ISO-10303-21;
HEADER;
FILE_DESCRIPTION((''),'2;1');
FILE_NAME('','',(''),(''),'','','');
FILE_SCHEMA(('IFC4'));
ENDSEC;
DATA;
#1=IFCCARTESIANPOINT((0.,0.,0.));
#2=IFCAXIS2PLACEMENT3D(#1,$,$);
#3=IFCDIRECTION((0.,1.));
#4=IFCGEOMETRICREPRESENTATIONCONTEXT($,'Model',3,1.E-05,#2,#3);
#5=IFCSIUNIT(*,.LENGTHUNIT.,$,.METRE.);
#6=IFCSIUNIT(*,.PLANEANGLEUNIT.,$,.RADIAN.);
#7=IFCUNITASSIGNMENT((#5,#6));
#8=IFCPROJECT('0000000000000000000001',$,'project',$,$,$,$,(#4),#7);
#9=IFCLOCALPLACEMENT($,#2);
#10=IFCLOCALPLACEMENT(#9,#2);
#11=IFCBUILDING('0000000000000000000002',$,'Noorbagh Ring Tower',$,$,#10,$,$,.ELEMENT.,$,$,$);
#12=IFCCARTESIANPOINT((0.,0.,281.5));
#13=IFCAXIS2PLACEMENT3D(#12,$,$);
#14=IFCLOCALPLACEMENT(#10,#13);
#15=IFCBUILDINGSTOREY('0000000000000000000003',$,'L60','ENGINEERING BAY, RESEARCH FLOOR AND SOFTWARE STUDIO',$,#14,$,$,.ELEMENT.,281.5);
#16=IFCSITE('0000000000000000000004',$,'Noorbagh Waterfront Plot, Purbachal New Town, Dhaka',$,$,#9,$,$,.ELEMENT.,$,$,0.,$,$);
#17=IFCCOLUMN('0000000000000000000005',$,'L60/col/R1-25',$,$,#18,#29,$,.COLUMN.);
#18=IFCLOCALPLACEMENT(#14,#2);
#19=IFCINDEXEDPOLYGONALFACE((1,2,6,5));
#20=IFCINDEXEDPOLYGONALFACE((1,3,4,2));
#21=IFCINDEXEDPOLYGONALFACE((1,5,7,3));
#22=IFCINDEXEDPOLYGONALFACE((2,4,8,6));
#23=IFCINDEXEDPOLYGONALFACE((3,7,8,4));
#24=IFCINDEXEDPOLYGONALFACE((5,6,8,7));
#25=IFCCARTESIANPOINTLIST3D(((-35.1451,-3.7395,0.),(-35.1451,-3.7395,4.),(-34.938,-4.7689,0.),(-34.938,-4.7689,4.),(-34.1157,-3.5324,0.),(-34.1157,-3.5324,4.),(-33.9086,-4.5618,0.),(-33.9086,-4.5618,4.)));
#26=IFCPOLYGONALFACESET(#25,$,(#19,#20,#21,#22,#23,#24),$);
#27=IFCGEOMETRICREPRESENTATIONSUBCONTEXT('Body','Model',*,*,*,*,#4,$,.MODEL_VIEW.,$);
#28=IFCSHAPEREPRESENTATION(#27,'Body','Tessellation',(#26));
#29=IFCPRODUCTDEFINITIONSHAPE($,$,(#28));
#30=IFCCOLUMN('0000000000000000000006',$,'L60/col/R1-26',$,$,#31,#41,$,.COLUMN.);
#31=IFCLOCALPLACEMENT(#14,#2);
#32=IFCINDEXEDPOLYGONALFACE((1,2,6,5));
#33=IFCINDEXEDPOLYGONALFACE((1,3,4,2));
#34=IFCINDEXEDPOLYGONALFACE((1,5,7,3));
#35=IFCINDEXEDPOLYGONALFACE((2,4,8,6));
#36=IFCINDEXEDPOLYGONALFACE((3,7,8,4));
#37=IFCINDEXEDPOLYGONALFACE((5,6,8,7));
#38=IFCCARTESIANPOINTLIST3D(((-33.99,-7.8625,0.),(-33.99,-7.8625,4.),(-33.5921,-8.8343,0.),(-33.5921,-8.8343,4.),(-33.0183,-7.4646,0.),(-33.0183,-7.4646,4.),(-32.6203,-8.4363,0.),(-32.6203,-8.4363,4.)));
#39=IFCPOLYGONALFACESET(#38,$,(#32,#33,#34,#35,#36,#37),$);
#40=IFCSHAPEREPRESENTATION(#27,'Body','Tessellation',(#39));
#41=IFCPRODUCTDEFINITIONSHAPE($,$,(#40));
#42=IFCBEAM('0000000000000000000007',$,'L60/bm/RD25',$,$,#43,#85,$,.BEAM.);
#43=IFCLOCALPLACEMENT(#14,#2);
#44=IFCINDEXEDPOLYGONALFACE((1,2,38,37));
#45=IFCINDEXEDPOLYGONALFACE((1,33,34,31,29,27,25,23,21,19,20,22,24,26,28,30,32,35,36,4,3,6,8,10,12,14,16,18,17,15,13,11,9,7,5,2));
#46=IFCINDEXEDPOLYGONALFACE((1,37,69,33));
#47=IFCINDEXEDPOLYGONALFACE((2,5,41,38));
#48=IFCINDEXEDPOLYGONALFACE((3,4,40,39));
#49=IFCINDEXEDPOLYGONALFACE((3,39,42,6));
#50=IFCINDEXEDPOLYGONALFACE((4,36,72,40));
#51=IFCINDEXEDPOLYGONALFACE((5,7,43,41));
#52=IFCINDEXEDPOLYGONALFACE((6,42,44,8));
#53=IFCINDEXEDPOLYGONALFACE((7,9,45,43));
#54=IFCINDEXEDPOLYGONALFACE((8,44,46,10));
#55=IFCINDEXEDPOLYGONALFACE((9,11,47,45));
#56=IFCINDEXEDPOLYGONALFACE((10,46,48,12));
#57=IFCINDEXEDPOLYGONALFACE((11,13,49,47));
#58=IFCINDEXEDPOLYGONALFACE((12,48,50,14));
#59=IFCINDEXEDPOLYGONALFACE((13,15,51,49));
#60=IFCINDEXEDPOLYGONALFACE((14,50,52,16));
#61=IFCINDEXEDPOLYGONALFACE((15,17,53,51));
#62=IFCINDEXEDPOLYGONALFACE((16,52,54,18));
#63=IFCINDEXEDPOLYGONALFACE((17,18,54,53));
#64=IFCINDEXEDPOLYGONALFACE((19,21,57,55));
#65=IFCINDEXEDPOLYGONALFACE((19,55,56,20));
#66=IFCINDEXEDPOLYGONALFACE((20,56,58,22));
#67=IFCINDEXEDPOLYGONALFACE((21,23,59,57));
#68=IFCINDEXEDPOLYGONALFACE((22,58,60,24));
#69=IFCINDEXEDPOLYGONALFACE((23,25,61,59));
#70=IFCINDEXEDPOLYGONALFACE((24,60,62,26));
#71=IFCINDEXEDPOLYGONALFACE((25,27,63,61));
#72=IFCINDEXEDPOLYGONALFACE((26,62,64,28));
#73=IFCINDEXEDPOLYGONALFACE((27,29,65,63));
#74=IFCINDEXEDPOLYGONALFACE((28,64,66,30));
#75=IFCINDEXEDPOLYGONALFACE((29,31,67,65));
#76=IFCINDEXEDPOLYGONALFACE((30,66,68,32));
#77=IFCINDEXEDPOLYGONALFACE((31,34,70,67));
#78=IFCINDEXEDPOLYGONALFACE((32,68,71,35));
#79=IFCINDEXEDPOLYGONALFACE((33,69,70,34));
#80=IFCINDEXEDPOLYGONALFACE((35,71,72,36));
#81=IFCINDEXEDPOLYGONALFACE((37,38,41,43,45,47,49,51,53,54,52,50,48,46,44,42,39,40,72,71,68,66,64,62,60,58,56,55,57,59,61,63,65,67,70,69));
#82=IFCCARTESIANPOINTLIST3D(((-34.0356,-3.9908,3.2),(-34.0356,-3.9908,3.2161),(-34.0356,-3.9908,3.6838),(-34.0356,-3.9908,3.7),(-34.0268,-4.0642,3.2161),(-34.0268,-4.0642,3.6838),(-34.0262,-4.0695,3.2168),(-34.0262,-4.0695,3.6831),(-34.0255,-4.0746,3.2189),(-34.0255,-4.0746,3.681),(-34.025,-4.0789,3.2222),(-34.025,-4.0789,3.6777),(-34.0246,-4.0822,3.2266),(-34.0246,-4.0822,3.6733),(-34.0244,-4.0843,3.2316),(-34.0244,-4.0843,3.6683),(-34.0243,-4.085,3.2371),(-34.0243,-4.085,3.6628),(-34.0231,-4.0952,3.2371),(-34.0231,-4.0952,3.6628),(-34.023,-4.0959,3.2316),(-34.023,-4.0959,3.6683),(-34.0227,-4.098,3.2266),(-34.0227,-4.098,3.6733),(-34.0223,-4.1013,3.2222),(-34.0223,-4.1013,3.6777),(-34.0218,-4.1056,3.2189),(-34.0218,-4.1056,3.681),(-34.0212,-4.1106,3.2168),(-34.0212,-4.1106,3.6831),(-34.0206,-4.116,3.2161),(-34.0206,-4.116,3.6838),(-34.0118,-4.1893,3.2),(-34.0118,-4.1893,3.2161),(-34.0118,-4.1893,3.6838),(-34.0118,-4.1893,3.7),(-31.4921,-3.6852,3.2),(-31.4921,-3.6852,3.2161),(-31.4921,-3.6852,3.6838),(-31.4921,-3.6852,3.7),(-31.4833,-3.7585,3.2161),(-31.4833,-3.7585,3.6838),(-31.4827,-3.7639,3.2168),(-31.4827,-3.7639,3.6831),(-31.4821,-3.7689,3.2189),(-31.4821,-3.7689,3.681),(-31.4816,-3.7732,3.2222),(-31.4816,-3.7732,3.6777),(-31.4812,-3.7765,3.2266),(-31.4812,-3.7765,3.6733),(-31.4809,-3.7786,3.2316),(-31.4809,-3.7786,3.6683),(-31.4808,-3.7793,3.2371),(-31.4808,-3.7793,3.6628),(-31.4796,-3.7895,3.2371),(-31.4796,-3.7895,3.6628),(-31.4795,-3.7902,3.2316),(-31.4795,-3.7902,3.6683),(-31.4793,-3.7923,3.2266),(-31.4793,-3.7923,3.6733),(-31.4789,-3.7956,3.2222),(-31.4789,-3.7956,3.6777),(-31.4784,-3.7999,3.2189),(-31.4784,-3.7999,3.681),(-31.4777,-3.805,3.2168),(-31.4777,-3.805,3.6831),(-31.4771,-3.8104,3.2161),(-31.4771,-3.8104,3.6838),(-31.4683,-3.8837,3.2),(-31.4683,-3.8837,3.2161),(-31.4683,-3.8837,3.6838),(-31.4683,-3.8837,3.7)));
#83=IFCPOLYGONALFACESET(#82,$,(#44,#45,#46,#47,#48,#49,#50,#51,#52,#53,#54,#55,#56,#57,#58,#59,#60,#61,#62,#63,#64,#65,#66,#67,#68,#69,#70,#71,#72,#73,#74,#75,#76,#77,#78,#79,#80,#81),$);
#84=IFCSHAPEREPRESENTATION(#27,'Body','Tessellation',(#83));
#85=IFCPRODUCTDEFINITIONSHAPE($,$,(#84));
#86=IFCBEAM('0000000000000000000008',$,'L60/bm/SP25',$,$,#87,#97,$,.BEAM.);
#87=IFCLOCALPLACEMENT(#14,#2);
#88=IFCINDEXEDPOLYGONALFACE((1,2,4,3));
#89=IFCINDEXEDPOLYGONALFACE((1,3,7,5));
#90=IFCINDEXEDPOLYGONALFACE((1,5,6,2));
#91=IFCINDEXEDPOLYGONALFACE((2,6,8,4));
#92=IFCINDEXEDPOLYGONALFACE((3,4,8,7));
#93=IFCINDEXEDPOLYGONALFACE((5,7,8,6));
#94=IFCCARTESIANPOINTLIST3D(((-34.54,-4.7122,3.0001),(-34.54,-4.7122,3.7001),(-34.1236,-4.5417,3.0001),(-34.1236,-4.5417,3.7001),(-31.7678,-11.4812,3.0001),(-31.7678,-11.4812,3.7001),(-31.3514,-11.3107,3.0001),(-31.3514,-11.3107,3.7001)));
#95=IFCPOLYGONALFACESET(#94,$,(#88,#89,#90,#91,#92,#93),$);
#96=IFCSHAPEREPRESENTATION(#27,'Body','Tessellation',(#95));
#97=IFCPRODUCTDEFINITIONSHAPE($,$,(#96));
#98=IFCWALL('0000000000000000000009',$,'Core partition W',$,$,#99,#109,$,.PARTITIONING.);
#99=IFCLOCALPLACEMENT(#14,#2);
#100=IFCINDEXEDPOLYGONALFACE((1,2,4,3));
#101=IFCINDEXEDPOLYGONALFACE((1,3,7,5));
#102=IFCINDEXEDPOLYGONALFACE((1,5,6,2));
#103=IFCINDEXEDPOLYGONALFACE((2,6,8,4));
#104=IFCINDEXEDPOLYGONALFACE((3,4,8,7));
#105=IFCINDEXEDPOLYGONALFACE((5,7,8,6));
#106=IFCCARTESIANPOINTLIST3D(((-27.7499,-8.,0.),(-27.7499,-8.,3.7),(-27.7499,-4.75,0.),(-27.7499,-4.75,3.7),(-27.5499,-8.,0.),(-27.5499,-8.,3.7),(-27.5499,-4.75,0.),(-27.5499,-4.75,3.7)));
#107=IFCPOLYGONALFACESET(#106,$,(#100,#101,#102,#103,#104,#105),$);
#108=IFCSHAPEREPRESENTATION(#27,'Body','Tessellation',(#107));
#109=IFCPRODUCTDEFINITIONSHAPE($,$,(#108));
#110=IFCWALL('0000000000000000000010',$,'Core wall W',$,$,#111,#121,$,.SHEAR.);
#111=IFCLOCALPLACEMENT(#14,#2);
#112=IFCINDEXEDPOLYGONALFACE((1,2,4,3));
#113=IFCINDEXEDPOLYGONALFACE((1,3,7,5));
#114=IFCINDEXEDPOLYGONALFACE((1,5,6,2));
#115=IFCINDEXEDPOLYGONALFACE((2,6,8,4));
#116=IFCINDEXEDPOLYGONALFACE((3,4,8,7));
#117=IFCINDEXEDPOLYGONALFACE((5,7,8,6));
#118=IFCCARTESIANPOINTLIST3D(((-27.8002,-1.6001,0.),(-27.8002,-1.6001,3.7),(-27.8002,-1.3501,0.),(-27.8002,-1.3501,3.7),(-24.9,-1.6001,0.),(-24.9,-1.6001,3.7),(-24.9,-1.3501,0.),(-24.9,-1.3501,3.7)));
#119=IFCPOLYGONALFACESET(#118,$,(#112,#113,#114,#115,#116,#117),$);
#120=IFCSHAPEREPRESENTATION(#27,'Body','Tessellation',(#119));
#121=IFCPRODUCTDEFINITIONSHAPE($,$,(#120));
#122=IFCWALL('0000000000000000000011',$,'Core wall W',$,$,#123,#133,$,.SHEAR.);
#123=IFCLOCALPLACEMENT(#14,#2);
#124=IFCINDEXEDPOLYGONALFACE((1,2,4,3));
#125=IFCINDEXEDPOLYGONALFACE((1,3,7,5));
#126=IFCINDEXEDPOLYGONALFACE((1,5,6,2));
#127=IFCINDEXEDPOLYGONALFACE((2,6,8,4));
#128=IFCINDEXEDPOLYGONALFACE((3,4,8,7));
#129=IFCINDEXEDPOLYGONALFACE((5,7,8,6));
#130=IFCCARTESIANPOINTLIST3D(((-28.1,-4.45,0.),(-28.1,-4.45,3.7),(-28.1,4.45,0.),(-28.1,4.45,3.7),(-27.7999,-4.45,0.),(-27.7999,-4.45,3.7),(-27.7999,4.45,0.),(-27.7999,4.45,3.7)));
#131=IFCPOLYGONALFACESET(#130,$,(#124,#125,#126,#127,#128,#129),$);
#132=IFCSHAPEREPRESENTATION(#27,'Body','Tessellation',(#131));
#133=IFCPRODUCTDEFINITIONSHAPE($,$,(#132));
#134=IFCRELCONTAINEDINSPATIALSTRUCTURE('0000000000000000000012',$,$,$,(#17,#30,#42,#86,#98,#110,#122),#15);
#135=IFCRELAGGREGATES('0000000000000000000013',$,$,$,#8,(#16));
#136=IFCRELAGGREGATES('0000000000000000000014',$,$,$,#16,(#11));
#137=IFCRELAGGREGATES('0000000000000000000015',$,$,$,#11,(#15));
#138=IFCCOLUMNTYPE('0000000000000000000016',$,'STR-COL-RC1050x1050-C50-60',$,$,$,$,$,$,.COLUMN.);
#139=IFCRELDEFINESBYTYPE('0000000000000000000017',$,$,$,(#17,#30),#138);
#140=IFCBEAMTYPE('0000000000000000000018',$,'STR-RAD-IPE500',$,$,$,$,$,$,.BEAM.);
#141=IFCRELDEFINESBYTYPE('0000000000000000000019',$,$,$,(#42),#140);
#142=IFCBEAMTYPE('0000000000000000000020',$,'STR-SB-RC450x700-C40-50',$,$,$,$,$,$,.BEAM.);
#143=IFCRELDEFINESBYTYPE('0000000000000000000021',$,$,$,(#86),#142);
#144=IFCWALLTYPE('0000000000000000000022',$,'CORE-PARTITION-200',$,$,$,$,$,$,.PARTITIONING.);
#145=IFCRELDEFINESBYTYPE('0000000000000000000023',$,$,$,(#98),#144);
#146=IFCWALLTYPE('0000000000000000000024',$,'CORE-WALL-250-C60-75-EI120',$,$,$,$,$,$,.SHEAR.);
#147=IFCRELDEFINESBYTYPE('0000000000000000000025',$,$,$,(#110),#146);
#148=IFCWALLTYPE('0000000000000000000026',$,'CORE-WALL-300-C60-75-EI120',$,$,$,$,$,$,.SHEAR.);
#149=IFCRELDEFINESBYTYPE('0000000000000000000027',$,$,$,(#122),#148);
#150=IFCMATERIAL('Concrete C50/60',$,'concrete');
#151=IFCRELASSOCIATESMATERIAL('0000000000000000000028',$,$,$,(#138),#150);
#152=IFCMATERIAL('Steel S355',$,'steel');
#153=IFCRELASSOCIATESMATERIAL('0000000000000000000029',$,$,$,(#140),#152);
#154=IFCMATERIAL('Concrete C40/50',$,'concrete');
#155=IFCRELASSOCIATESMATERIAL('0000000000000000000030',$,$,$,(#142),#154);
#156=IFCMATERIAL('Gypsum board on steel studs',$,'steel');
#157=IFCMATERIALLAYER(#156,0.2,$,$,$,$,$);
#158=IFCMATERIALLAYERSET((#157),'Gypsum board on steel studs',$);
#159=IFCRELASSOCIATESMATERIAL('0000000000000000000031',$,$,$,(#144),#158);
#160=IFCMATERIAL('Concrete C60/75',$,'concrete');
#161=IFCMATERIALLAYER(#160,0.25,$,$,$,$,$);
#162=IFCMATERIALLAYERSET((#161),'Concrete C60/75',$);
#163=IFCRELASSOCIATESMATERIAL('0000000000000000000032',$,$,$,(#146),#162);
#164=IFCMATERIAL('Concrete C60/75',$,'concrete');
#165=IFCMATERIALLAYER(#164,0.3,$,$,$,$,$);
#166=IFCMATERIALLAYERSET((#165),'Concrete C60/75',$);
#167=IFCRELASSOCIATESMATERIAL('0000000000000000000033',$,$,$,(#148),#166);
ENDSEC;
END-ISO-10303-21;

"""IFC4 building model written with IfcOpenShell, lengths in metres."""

from ifc_helpers import new_model, si_unit, direction, frame, frame_2d, origin, origin_2d, place, context, subcontext, project, spatial, rectangle, i_section, extrude, material, layer, layer_set, material_profile, profile_set, type_object, element, save


model = new_model("IFC4")

# Units and contexts
model_context = context("Model", 3, precision=1e-05, world=origin(), true_north=direction((0.0, 1.0)))
body_context = subcontext(model_context, "Body", "Model", "MODEL_VIEW")
ifc_project = project(units=[si_unit("LENGTHUNIT", "METRE"), si_unit("PLANEANGLEUNIT", "RADIAN")], contexts=[model_context])

# Site, building, storey
site_placement = place(None, origin())
site = spatial("IfcSite", under=ifc_project, at=site_placement, Name="Noorbagh Waterfront Plot, Purbachal New Town, Dhaka", CompositionType="ELEMENT", RefElevation=0.0)
building_placement = place(site_placement, origin())
building = spatial("IfcBuilding", under=site, at=building_placement, Name="Noorbagh Ring Tower", CompositionType="ELEMENT")
storey_placement = place(building_placement, frame((0.0, 0.0, 281.5)))
storey = spatial("IfcBuildingStorey", under=building, at=storey_placement, Name="L60", Description="ENGINEERING BAY, RESEARCH FLOOR AND SOFTWARE STUDIO", CompositionType="ELEMENT", Elevation=281.5)

# Columns
ifc_material_1 = material(Name="Concrete C50/60", Category="concrete")
ifc_material_profile_1 = material_profile(ifc_material_1, rectangle(XDim=1.05, YDim=1.05, at=origin_2d()), Name="RC1050x1050")
ifc_profile_set_1 = profile_set([ifc_material_profile_1], Name="Concrete C50/60")
column_type = type_object("IfcColumnType", Name="STR-COL-RC1050x1050-C50-60", PredefinedType="COLUMN", material=ifc_profile_set_1)
for number, where, z_axis, x_axis, name in (
    (1, (-34.5269, -4.1506, 0.0), (0.0, 0.0, 1.0), (0.19723, -0.980357, 0.0), "L60/col/R1-25"),
    (2, (-33.3052, -8.1494, 0.0), (0.0, 0.0, 1.0), (0.378989, -0.925401, 0.0), "L60/col/R1-26"),
):
    element("IfcColumn", number, at=place(storey_placement, frame(where, z_axis=z_axis, x_axis=x_axis)), inside=storey, type_object=column_type, Name=name, PredefinedType="COLUMN", context=body_context, shape_type="SweptSolid", body=[
        extrude(rectangle(XDim=1.05, YDim=1.05, at=origin_2d()), origin(), (0.0, 0.0, 1.0), 4.0),
    ])

# Beams
ifc_material_2 = material(Name="Steel S355", Category="steel")
ifc_material_profile_2 = material_profile(ifc_material_2, i_section(OverallWidth=0.2, OverallDepth=0.5, WebThickness=0.0103, FlangeThickness=0.0161, FilletRadius=0.021, at=origin_2d()), Name="IPE500")
ifc_profile_set_2 = profile_set([ifc_material_profile_2], Name="Steel S355")
beam_type_1 = type_object("IfcBeamType", Name="STR-RAD-IPE500", PredefinedType="BEAM", material=ifc_profile_set_2)
beam_1_placement = place(storey_placement, frame((-34.0237, -4.0901, 3.45), z_axis=(0.992856, 0.119318, 0.0), x_axis=(-0.119318, 0.992856, 0.0)))
element("IfcBeam", 3, at=beam_1_placement, inside=storey, type_object=beam_type_1, Name="L60/bm/RD25", PredefinedType="BEAM", context=body_context, shape_type="SweptSolid", body=[
    extrude(i_section(OverallWidth=0.2, OverallDepth=0.5, WebThickness=0.0103, FlangeThickness=0.0161, FilletRadius=0.021, at=origin_2d()), origin(), (0.0, 0.0, 1.0), 2.5618),
])
ifc_material_3 = material(Name="Concrete C40/50", Category="concrete")
ifc_material_profile_3 = material_profile(ifc_material_3, rectangle(XDim=0.45, YDim=0.7, at=origin_2d()), Name="RC450x700")
ifc_profile_set_3 = profile_set([ifc_material_profile_3], Name="Concrete C40/50")
beam_type_2 = type_object("IfcBeamType", Name="STR-SB-RC450x700-C40-50", PredefinedType="BEAM", material=ifc_profile_set_3)
beam_2_placement = place(storey_placement, frame((-34.3318, -4.627, 3.3501), z_axis=(0.378992, -0.9254, 0.0), x_axis=(0.9254, 0.378992, 0.0)))
element("IfcBeam", 4, at=beam_2_placement, inside=storey, type_object=beam_type_2, Name="L60/bm/SP25", PredefinedType="BEAM", context=body_context, shape_type="SweptSolid", body=[
    extrude(rectangle(XDim=0.45, YDim=0.7, at=origin_2d()), origin(), (0.0, 0.0, 1.0), 7.3147),
])

# Walls
ifc_material_4 = material(Name="Gypsum board on steel studs", Category="steel")
ifc_layer_1 = layer(ifc_material_4, 0.2)
ifc_layer_set_1 = layer_set([ifc_layer_1], Name="Gypsum board on steel studs")
wall_type_1 = type_object("IfcWallType", Name="CORE-PARTITION-200", PredefinedType="PARTITIONING", material=ifc_layer_set_1)
wall_1_placement = place(storey_placement, frame((-27.6499, -8.0, 0.0), z_axis=(0.0, 0.0, 1.0), x_axis=(0.0, 1.0, 0.0)))
element("IfcWall", 5, at=wall_1_placement, inside=storey, type_object=wall_type_1, Name="Core partition W", PredefinedType="PARTITIONING", context=body_context, shape_type="SweptSolid", body=[
    extrude(rectangle(XDim=3.25, YDim=0.2, at=frame_2d((1.625, 0.0))), origin(), (0.0, 0.0, 1.0), 3.7),
])
ifc_material_5 = material(Name="Concrete C60/75", Category="concrete")
ifc_layer_2 = layer(ifc_material_5, 0.25)
ifc_layer_set_2 = layer_set([ifc_layer_2], Name="Concrete C60/75")
wall_type_2 = type_object("IfcWallType", Name="CORE-WALL-250-C60-75-EI120", PredefinedType="SHEAR", material=ifc_layer_set_2)
wall_2_placement = place(storey_placement, frame((-24.8999, -1.4751, 0.0), z_axis=(0.0, 0.0, 1.0), x_axis=(-1.0, 0.0, 0.0)))
element("IfcWall", 6, at=wall_2_placement, inside=storey, type_object=wall_type_2, Name="Core wall W", PredefinedType="SHEAR", context=body_context, shape_type="SweptSolid", body=[
    extrude(rectangle(XDim=2.9001, YDim=0.25, at=frame_2d((1.4502, 0.0))), origin(), (0.0, 0.0, 1.0), 3.7),
])
ifc_material_6 = material(Name="Concrete C60/75", Category="concrete")
ifc_layer_3 = layer(ifc_material_6, 0.3)
ifc_layer_set_3 = layer_set([ifc_layer_3], Name="Concrete C60/75")
wall_type_3 = type_object("IfcWallType", Name="CORE-WALL-300-C60-75-EI120", PredefinedType="SHEAR", material=ifc_layer_set_3)
wall_3_placement = place(storey_placement, frame((-27.95, -4.45, 0.0), z_axis=(0.0, 0.0, 1.0), x_axis=(0.0, 1.0, 0.0)))
element("IfcWall", 7, at=wall_3_placement, inside=storey, type_object=wall_type_3, Name="Core wall W", PredefinedType="SHEAR", context=body_context, shape_type="SweptSolid", body=[
    extrude(rectangle(XDim=8.8999, YDim=0.3, at=frame_2d((4.45, 0.0))), origin(), (0.0, 0.0, 1.0), 3.7),
])

save(model, "model.ifc")
